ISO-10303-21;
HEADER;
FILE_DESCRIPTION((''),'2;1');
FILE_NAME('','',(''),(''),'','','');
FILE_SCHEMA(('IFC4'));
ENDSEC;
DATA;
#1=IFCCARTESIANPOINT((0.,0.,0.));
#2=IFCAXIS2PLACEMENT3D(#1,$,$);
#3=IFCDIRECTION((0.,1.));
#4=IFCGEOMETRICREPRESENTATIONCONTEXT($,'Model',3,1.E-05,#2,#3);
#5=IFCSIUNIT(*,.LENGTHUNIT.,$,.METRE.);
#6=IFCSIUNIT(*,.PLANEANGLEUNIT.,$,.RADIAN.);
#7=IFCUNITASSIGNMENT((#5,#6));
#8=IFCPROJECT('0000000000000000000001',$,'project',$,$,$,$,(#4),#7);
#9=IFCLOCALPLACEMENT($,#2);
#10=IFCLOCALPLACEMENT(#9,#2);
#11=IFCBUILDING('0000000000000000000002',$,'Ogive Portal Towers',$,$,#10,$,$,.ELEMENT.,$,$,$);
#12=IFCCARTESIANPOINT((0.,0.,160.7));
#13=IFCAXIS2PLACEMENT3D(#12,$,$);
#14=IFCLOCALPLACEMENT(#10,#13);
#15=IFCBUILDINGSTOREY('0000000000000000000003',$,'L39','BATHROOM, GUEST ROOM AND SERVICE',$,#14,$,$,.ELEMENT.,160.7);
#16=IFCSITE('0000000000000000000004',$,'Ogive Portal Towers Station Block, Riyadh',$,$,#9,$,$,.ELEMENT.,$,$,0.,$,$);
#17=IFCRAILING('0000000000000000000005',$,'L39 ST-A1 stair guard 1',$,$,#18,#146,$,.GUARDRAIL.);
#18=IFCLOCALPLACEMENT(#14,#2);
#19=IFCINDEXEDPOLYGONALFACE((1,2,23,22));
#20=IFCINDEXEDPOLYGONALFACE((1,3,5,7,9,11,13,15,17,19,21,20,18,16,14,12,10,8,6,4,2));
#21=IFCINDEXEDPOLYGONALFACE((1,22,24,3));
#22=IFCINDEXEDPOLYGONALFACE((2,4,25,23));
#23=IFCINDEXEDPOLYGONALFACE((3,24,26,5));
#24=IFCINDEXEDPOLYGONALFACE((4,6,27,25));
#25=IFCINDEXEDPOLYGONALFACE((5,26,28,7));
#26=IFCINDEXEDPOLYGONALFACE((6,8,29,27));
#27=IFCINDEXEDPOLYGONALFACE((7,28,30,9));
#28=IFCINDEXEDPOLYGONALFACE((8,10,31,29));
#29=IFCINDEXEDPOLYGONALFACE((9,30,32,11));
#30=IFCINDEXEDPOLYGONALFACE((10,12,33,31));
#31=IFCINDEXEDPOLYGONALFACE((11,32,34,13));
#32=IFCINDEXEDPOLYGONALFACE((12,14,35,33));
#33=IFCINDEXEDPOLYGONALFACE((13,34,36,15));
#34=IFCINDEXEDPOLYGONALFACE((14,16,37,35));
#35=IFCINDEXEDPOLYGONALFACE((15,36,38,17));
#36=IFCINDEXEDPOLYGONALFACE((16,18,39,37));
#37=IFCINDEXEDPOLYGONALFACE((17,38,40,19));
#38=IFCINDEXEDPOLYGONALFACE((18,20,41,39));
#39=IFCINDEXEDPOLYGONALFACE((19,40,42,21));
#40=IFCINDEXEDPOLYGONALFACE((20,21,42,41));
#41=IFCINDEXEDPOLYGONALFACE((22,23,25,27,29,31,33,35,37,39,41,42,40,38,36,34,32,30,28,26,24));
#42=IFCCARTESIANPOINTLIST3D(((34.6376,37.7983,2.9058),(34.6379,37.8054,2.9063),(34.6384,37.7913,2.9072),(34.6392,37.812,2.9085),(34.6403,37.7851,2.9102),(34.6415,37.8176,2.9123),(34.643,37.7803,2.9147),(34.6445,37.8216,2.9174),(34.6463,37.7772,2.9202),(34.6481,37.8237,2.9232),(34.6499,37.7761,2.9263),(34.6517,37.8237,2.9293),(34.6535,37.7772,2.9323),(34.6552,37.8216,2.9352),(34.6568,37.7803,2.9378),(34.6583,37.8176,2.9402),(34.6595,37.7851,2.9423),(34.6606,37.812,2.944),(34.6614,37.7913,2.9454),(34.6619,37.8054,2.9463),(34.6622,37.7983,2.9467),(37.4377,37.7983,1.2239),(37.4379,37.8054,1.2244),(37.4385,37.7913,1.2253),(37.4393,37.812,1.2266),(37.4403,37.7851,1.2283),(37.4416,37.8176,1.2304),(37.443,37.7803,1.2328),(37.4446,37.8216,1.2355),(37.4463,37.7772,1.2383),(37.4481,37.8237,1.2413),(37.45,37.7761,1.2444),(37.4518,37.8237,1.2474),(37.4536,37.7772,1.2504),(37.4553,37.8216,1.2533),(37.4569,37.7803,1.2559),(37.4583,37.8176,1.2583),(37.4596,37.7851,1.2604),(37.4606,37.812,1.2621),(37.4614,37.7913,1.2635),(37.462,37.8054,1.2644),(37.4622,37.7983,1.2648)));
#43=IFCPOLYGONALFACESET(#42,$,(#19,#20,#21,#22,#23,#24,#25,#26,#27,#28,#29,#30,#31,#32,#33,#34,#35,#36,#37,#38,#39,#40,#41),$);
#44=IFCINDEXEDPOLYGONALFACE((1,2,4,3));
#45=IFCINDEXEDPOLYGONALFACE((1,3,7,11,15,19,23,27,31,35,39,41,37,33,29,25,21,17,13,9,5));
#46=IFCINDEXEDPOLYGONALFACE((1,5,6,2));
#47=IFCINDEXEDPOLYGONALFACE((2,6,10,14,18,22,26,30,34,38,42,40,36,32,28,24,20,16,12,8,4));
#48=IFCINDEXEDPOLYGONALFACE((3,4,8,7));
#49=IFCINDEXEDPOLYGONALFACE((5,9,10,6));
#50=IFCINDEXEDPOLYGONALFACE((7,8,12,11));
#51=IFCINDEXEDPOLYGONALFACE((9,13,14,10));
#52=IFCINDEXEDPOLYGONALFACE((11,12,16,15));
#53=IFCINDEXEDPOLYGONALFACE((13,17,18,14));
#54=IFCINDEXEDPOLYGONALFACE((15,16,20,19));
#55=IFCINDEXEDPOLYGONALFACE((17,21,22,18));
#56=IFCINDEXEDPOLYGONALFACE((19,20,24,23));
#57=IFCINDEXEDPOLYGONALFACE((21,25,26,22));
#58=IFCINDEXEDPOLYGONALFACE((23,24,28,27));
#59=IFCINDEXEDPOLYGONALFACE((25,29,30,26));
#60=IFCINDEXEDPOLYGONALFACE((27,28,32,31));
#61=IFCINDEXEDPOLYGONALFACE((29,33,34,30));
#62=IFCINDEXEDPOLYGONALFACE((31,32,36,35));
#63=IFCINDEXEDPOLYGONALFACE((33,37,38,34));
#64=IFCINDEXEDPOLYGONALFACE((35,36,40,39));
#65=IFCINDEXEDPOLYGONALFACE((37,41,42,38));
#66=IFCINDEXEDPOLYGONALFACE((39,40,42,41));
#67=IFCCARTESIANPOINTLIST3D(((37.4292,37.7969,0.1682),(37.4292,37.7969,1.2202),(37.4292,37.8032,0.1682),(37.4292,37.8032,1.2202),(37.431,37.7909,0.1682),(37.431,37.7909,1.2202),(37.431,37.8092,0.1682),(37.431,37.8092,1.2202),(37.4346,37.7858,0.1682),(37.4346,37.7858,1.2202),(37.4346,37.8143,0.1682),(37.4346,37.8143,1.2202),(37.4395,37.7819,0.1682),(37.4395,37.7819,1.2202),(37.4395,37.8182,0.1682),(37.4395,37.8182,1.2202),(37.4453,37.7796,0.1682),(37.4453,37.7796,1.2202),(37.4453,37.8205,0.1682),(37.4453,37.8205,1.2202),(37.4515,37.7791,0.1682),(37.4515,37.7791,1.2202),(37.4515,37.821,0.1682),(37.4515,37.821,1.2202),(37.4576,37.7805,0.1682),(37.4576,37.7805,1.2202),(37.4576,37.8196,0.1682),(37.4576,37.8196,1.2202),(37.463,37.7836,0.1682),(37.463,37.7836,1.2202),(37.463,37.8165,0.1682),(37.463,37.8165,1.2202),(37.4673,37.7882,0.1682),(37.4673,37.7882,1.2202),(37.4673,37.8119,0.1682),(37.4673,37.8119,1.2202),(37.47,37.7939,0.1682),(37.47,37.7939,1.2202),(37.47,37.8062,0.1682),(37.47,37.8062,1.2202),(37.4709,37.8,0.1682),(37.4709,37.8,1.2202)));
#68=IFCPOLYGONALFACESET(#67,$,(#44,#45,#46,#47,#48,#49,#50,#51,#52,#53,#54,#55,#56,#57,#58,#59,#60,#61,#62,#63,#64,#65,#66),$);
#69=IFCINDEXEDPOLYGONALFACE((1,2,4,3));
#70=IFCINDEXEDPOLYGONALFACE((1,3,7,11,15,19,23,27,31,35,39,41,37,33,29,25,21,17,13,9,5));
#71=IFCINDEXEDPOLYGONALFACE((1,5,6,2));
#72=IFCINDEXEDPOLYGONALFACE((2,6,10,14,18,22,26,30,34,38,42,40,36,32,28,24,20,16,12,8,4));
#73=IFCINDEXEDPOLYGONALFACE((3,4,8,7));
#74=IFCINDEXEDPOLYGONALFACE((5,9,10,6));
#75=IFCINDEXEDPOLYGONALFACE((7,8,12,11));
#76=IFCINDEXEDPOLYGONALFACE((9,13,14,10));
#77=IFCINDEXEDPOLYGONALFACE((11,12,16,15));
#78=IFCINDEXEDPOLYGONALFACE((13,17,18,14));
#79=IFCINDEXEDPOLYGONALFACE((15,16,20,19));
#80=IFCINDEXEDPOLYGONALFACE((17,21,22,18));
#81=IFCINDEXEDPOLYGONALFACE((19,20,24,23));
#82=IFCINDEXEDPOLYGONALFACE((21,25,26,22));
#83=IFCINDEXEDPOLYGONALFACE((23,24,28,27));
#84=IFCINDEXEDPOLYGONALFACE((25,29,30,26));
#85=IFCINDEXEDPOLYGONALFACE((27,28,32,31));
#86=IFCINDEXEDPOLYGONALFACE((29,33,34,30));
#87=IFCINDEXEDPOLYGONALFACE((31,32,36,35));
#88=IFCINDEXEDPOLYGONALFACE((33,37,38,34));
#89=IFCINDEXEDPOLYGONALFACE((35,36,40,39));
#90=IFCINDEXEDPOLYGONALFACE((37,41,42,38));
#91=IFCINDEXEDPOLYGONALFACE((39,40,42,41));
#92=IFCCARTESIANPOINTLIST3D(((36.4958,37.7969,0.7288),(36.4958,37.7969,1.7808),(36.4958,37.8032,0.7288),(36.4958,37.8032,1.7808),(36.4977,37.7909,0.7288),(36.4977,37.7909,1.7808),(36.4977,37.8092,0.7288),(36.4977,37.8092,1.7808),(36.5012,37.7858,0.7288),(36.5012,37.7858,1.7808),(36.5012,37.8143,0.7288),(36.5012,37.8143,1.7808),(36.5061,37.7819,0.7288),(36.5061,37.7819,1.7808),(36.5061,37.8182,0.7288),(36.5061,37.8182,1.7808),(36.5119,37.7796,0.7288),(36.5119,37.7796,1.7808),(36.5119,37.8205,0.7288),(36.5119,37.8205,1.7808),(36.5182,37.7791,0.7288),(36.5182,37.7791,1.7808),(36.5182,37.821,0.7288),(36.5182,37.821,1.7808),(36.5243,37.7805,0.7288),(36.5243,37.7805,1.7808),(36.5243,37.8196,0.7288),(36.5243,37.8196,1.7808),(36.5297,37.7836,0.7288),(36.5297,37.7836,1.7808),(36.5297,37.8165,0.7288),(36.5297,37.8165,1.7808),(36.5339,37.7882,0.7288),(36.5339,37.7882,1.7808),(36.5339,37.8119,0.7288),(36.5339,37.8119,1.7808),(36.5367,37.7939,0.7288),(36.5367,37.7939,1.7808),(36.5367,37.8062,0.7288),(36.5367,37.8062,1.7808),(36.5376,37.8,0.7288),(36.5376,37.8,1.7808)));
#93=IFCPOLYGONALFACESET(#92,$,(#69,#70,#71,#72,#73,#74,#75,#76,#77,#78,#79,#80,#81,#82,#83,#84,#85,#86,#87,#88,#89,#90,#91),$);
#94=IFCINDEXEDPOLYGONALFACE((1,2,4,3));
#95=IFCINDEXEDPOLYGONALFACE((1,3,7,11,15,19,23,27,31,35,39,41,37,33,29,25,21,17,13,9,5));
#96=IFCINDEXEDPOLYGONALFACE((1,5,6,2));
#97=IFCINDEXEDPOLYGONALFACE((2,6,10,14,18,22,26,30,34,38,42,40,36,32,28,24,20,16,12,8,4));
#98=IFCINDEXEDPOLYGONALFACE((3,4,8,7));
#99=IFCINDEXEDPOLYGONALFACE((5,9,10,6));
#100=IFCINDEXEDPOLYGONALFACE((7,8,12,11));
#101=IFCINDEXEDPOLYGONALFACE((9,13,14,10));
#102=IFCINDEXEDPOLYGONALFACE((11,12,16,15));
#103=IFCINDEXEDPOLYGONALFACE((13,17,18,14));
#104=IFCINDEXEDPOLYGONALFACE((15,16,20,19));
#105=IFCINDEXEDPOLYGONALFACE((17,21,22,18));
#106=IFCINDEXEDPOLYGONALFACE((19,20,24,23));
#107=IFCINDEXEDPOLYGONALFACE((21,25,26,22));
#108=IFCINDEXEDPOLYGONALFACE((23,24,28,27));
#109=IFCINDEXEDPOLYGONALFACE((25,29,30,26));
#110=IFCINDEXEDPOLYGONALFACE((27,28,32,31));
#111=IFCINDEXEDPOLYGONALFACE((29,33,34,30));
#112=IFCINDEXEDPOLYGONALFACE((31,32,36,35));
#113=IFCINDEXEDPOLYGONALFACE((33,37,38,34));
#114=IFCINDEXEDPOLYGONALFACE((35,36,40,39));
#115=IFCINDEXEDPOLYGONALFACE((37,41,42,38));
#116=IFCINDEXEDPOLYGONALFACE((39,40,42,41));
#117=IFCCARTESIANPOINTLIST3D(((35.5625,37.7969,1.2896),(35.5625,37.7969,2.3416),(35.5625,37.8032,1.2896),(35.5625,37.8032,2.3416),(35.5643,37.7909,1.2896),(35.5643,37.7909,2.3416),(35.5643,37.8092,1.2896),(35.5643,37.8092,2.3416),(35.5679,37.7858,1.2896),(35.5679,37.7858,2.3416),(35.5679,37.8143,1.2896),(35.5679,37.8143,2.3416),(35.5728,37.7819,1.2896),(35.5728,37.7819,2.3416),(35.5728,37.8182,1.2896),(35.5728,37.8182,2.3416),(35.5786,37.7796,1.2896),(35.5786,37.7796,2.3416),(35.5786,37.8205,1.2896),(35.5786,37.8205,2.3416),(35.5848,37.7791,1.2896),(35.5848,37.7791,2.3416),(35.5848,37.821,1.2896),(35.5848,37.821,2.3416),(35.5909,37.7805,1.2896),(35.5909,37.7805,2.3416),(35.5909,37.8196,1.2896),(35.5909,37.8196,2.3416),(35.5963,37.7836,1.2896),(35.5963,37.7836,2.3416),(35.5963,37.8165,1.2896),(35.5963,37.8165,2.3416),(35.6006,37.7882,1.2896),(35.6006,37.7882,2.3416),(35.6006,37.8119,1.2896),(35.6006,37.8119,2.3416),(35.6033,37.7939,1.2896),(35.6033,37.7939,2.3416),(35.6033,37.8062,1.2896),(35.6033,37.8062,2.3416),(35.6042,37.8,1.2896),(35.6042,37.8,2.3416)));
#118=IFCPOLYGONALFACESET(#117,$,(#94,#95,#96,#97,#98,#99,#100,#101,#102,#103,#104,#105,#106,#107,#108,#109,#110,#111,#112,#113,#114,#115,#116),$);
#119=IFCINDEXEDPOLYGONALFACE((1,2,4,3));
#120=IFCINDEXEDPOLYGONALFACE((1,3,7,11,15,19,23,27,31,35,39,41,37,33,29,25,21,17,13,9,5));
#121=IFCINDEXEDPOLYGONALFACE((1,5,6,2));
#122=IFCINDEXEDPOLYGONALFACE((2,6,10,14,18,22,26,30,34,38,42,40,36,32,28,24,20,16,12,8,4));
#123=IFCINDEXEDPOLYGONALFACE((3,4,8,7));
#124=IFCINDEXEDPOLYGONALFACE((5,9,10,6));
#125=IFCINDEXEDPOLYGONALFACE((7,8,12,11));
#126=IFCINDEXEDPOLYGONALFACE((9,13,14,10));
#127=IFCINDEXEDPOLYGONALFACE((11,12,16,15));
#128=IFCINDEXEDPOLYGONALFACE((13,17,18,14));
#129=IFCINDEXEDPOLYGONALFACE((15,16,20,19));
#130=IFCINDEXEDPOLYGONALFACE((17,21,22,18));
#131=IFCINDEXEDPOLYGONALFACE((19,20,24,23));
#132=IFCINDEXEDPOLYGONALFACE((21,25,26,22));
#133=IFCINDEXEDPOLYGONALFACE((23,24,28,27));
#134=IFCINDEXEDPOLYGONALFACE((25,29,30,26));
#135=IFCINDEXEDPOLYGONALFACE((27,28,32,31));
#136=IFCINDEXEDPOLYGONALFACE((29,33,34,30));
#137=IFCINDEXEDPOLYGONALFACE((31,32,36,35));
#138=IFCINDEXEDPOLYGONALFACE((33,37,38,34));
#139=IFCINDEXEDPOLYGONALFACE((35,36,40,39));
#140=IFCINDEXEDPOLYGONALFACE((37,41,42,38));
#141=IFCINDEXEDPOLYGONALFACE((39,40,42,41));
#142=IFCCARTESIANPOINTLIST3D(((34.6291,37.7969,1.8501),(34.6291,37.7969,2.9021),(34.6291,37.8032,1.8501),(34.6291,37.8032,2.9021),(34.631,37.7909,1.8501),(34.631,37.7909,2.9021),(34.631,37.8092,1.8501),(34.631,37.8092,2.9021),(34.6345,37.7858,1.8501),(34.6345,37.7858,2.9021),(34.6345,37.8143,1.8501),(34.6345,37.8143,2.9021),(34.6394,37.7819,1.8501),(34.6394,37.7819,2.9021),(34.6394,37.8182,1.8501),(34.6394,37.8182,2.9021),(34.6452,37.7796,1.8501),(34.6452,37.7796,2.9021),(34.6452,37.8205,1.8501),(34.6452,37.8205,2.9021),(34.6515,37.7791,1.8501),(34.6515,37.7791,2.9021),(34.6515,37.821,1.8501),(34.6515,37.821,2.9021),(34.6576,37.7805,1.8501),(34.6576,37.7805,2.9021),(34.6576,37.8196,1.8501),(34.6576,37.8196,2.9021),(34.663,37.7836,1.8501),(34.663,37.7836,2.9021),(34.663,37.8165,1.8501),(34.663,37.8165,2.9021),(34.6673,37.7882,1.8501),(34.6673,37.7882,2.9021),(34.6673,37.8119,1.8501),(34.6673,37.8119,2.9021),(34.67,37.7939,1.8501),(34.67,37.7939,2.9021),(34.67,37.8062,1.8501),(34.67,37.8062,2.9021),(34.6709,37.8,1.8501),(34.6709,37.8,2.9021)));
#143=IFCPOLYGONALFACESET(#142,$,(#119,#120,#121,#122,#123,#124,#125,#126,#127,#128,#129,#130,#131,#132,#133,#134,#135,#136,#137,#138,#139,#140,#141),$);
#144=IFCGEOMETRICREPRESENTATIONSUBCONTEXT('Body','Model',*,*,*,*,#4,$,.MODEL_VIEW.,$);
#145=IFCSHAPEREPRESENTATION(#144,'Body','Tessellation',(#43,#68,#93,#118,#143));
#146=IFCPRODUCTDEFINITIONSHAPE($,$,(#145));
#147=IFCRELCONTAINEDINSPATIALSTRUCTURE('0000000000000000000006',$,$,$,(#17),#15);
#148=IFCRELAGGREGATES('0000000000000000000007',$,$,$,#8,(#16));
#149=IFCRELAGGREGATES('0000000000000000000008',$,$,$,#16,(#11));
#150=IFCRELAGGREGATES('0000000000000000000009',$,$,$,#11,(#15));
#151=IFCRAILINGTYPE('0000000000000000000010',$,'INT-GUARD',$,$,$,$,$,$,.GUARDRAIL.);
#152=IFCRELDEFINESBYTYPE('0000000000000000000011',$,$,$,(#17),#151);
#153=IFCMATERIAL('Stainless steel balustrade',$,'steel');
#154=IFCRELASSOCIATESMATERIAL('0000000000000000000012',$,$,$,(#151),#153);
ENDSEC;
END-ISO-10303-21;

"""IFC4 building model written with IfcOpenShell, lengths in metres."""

from ifc_helpers import new_model, si_unit, direction, frame, origin, origin_2d, place, context, subcontext, project, spatial, circle, extrude, material, type_object, element, save


model = new_model("IFC4")

# Units and contexts
model_context = context("Model", 3, precision=1e-05, world=origin(), true_north=direction((0.0, 1.0)))
body_context = subcontext(model_context, "Body", "Model", "MODEL_VIEW")
ifc_project = project(units=[si_unit("LENGTHUNIT", "METRE"), si_unit("PLANEANGLEUNIT", "RADIAN")], contexts=[model_context])

# Site, building, storey
site_placement = place(None, origin())
site = spatial("IfcSite", under=ifc_project, at=site_placement, Name="Ogive Portal Towers Station Block, Riyadh", CompositionType="ELEMENT", RefElevation=0.0)
building_placement = place(site_placement, origin())
building = spatial("IfcBuilding", under=site, at=building_placement, Name="Ogive Portal Towers", CompositionType="ELEMENT")
storey_placement = place(building_placement, frame((0.0, 0.0, 160.7)))
storey = spatial("IfcBuildingStorey", under=building, at=storey_placement, Name="L39", Description="BATHROOM, GUEST ROOM AND SERVICE", CompositionType="ELEMENT", Elevation=160.7)

# Railing
ifc_material_1 = material(Name="Stainless steel balustrade", Category="steel")
railing_type_1 = type_object("IfcRailingType", Name="INT-GUARD", PredefinedType="GUARDRAIL", material=ifc_material_1)
railing_1_placement = place(storey_placement, frame((37.45, 37.8, 0.1682)))
element("IfcRailing", 1, at=railing_1_placement, inside=storey, type_object=railing_type_1, Name="L39 ST-A1 stair guard 1", PredefinedType="GUARDRAIL", context=body_context, shape_type="SweptSolid", body=[
    extrude(circle(Radius=0.0239, at=origin_2d()), frame((0.0, 0.0, 1.0762), z_axis=(-0.857242, 0.0, 0.514913), x_axis=(0.0, -1.0, 0.0)), (0.0, 0.0, 1.0), 3.2664),
    extrude(circle(Radius=0.021, at=origin_2d()), origin(), (0.0, 0.0, 1.0), 1.052),
    extrude(circle(Radius=0.021, at=origin_2d()), frame((-0.9333, 0.0, 0.5605)), (0.0, 0.0, 1.0), 1.052),
    extrude(circle(Radius=0.021, at=origin_2d()), frame((-1.8667, 0.0, 1.1213)), (0.0, 0.0, 1.0), 1.052),
    extrude(circle(Radius=0.021, at=origin_2d()), frame((-2.8, 0.0, 1.6819)), (0.0, 0.0, 1.0), 1.052),
])

save(model, "model.ifc")
